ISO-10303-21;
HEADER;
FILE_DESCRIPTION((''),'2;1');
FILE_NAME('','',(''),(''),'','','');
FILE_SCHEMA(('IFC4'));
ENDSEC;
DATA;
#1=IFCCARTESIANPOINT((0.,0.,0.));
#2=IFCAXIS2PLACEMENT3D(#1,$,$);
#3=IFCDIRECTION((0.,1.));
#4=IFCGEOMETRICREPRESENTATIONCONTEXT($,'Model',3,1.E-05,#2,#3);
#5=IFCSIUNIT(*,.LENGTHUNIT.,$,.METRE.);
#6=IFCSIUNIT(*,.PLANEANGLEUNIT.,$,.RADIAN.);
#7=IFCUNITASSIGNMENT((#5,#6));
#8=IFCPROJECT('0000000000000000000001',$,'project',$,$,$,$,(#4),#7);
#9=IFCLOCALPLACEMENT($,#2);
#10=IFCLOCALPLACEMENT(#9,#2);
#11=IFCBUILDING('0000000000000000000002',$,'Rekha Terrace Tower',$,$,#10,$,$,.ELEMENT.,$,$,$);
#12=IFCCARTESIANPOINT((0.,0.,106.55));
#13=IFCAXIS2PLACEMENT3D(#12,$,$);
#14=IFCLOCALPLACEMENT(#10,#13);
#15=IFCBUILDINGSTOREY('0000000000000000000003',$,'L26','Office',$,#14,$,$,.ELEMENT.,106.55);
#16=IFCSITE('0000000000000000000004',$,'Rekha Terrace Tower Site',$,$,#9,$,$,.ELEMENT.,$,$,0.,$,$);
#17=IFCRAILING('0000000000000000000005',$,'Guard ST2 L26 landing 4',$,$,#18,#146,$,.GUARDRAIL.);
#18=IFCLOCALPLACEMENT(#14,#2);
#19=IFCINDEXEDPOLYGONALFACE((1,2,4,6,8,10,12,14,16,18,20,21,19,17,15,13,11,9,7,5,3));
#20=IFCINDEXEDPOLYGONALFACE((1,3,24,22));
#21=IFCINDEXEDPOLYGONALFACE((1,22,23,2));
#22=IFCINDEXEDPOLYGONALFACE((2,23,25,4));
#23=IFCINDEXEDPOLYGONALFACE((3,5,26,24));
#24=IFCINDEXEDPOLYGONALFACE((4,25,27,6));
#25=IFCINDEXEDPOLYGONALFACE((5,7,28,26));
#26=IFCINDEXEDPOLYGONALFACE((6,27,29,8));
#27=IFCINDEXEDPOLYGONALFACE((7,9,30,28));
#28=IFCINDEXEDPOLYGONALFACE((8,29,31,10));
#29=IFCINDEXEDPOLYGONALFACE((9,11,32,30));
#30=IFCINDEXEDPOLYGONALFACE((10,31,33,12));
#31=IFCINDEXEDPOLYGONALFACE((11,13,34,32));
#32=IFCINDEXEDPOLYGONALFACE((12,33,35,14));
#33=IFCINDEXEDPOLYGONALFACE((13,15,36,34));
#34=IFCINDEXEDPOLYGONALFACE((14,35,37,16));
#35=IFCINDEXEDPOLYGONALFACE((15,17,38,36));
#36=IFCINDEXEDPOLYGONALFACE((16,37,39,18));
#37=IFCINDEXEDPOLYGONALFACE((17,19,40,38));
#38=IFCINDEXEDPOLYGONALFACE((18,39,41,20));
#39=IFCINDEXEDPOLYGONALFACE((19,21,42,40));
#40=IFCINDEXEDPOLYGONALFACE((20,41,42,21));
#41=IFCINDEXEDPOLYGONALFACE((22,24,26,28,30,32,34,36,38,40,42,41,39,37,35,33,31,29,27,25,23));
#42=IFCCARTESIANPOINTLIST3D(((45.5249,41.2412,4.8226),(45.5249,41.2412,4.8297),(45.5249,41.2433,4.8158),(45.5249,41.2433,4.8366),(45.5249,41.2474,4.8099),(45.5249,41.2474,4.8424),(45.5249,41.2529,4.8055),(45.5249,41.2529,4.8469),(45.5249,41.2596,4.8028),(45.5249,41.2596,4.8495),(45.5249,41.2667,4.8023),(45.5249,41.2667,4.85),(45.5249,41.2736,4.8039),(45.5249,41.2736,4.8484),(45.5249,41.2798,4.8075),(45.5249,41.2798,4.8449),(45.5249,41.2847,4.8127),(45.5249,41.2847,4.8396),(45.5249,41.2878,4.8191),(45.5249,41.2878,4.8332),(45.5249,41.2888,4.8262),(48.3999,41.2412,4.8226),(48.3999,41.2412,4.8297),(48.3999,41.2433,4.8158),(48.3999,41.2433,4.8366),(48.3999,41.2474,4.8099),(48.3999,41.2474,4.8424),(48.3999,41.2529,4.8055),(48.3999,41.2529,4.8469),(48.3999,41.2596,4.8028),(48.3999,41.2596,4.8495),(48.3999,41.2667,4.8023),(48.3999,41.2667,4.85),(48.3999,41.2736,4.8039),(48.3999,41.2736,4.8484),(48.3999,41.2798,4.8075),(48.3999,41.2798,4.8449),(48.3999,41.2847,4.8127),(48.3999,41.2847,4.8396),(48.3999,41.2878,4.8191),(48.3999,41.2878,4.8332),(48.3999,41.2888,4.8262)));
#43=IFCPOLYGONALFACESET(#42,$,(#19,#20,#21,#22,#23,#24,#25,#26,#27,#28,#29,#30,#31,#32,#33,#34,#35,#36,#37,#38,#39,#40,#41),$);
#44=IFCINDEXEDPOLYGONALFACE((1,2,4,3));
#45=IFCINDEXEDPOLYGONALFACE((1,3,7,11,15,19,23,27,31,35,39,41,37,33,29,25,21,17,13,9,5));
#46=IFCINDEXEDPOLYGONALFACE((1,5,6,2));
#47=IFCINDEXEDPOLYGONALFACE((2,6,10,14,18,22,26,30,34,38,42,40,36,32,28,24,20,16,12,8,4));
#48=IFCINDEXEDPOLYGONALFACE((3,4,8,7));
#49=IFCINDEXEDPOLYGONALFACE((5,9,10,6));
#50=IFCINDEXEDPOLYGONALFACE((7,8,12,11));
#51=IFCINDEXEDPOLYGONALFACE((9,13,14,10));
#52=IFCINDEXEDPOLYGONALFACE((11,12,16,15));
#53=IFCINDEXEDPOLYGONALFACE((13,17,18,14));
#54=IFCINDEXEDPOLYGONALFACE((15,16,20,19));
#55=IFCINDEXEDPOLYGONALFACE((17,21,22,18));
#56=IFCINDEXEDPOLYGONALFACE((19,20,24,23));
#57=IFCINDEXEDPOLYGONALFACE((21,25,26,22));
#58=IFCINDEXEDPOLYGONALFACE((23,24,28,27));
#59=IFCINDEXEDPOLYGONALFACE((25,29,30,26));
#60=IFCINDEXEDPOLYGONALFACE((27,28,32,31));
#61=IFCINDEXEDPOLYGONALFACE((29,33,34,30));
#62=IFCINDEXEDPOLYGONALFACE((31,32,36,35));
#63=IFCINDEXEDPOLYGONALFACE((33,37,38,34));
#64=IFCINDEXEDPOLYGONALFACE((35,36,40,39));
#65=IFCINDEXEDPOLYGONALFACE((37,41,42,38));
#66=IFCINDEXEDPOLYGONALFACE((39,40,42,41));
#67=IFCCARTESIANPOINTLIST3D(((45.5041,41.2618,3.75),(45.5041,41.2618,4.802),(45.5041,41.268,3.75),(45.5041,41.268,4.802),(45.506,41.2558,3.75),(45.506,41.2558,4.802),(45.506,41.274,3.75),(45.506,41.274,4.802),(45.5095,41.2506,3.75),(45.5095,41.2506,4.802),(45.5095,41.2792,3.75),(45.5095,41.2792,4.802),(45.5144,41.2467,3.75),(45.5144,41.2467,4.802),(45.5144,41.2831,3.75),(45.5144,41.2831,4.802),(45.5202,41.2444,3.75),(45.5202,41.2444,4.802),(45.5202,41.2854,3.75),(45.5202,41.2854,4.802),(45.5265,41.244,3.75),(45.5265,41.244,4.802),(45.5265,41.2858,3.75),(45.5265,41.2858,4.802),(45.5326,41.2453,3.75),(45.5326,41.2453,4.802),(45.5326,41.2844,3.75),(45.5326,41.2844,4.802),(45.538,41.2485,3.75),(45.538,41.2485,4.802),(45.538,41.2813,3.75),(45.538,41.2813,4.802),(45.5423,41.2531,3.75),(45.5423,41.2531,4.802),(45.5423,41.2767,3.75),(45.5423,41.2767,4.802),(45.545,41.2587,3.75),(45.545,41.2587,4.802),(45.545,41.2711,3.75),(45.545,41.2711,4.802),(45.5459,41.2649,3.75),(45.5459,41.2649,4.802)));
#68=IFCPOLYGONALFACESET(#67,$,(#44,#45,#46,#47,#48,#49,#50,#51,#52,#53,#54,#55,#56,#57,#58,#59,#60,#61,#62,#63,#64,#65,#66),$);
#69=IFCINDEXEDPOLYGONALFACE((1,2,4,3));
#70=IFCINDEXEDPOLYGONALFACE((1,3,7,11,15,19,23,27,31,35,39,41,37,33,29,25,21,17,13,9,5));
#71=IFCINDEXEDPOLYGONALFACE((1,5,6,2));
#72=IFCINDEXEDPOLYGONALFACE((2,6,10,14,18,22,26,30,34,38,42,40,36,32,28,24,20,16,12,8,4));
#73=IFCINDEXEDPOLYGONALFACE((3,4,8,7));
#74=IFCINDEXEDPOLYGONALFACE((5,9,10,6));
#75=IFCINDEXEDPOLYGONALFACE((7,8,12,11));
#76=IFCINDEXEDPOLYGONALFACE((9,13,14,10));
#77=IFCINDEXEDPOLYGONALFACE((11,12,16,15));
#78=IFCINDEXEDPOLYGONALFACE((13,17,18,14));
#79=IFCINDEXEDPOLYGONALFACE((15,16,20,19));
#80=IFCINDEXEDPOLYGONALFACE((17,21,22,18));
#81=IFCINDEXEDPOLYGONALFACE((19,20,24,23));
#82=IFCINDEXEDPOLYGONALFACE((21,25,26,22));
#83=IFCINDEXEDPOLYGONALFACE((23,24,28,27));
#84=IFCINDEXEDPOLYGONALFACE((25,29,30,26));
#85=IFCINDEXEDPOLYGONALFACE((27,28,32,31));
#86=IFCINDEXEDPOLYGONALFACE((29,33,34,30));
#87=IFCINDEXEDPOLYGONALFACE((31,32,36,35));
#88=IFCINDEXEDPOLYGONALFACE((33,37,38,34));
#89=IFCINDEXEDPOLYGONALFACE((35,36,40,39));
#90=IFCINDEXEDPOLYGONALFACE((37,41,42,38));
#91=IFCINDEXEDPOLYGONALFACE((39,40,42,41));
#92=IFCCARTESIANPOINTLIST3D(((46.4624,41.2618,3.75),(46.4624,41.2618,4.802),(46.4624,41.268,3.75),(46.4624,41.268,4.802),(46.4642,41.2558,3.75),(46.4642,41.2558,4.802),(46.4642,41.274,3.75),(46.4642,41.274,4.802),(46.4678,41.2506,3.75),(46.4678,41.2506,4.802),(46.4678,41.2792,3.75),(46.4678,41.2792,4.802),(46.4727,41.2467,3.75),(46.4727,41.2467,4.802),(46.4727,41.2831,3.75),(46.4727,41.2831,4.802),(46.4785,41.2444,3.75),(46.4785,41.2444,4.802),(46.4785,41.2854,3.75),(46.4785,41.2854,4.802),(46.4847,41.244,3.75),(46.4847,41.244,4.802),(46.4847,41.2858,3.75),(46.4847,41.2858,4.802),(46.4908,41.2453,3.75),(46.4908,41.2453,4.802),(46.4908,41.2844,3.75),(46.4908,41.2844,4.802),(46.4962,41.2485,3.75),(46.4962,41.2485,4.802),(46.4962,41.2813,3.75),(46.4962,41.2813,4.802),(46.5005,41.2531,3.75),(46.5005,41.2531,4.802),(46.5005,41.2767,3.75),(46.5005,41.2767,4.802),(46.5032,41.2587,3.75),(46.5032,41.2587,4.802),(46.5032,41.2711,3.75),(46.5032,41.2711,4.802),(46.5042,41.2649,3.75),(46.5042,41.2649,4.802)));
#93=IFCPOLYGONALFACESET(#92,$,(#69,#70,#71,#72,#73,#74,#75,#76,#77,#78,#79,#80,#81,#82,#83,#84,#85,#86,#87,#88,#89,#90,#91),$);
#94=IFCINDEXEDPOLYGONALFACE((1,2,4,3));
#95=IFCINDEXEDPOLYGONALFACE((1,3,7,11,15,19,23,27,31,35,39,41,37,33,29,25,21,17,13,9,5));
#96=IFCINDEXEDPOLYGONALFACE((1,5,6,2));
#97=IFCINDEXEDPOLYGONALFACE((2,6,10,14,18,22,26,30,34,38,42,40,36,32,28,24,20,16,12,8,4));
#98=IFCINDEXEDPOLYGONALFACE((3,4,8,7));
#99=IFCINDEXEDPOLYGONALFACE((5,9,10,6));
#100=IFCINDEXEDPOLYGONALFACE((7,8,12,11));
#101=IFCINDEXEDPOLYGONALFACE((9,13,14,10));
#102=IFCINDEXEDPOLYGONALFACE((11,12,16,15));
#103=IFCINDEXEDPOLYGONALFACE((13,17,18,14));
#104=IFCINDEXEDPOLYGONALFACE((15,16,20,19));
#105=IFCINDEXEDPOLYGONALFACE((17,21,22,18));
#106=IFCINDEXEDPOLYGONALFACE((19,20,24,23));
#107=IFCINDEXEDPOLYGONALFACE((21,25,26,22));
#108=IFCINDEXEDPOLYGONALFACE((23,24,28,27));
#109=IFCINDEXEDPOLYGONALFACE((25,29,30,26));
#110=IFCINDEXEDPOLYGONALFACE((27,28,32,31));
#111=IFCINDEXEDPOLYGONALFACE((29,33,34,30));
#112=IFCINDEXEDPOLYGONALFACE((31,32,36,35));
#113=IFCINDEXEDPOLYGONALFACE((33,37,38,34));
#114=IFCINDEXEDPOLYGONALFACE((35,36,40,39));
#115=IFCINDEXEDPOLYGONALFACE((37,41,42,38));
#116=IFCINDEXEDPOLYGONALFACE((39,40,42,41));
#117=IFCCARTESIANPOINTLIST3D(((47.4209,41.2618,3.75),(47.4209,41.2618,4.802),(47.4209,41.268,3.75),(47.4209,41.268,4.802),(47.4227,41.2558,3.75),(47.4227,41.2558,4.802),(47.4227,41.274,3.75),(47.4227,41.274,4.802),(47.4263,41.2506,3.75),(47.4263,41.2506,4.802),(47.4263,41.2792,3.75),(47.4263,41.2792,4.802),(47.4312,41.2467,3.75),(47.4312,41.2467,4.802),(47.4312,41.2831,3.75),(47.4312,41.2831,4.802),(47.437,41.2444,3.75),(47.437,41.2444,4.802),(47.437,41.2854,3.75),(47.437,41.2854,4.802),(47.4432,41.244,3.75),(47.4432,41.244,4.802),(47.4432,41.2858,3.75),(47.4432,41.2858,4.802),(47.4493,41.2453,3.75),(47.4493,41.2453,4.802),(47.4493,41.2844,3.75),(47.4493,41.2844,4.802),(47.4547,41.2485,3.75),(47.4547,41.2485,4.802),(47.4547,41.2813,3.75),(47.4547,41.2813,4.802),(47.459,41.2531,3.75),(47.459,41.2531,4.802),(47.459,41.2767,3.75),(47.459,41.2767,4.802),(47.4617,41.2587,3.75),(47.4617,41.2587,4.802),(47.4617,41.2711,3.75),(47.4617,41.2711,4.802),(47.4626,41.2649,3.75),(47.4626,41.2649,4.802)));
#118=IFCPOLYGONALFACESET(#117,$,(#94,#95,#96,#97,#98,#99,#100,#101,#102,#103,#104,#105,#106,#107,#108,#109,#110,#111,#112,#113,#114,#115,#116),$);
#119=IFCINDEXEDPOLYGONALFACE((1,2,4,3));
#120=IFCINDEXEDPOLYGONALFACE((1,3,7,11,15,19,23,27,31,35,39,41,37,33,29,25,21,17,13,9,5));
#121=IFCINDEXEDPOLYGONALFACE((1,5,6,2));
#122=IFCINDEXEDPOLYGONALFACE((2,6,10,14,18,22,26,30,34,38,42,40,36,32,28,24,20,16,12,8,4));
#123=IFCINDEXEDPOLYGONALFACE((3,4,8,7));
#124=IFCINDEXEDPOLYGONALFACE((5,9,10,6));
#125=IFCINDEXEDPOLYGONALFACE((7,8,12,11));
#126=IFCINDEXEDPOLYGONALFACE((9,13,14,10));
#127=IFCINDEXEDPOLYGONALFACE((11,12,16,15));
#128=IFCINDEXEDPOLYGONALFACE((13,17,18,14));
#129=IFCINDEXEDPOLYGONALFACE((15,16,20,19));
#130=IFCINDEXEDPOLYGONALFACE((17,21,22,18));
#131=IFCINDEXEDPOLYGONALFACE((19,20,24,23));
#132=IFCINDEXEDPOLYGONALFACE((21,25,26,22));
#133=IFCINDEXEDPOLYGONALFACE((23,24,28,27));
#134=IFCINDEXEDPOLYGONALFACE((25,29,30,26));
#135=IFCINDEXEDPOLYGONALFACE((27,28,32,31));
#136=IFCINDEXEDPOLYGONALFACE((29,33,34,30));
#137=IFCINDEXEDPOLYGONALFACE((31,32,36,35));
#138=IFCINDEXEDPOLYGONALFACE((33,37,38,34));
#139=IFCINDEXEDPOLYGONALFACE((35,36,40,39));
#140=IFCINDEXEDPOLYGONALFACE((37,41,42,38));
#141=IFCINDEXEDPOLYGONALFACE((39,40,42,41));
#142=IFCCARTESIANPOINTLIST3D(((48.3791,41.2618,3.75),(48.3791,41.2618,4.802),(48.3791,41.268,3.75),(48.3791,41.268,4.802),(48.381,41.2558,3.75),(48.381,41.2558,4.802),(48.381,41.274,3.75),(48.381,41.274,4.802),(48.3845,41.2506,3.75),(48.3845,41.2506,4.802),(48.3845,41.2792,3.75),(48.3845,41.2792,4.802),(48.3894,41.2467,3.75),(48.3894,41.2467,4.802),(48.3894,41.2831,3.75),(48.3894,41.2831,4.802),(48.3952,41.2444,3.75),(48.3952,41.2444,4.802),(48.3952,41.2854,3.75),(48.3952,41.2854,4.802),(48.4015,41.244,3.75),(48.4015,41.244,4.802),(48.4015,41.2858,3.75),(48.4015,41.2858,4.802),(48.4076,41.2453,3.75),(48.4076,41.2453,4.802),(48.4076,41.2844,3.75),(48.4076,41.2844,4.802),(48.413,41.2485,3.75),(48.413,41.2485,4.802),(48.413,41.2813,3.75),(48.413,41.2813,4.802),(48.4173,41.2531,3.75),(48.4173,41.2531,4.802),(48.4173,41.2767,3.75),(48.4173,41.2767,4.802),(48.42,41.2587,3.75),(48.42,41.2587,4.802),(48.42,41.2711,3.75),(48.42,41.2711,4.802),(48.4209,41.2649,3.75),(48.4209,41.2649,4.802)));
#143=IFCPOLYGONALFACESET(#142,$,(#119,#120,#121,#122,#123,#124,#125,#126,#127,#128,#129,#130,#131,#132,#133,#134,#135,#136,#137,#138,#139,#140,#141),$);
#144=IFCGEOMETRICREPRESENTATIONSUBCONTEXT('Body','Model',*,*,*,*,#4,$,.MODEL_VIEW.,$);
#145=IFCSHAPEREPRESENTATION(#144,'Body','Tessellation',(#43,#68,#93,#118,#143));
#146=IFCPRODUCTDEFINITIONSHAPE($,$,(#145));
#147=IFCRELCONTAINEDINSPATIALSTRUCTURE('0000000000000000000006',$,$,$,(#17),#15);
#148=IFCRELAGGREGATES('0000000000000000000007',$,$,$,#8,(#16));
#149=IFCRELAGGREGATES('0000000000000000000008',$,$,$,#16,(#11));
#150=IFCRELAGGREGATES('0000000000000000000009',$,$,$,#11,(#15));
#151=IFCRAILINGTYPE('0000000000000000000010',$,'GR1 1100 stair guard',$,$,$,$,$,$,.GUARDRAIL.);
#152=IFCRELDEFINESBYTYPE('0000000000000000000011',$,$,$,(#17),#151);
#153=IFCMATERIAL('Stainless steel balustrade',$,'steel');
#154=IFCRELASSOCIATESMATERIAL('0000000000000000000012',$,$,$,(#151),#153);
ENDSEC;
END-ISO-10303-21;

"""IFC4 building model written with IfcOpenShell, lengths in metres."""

from ifc_helpers import new_model, si_unit, direction, frame, origin, origin_2d, place, context, subcontext, project, spatial, circle, extrude, material, type_object, element, save


model = new_model("IFC4")

# Units and contexts
model_context = context("Model", 3, precision=1e-05, world=origin(), true_north=direction((0.0, 1.0)))
body_context = subcontext(model_context, "Body", "Model", "MODEL_VIEW")
ifc_project = project(units=[si_unit("LENGTHUNIT", "METRE"), si_unit("PLANEANGLEUNIT", "RADIAN")], contexts=[model_context])

# Site, building, storey
site_placement = place(None, origin())
site = spatial("IfcSite", under=ifc_project, at=site_placement, Name="Rekha Terrace Tower Site", CompositionType="ELEMENT", RefElevation=0.0)
building_placement = place(site_placement, origin())
building = spatial("IfcBuilding", under=site, at=building_placement, Name="Rekha Terrace Tower", CompositionType="ELEMENT")
storey_placement = place(building_placement, frame((0.0, 0.0, 106.55)))
storey = spatial("IfcBuildingStorey", under=building, at=storey_placement, Name="L26", Description="Office", CompositionType="ELEMENT", Elevation=106.55)

# Railing
ifc_material_1 = material(Name="Stainless steel balustrade", Category="steel")
railing_type_1 = type_object("IfcRailingType", Name="GR1 1100 stair guard", PredefinedType="GUARDRAIL", material=ifc_material_1)
railing_1_placement = place(storey_placement, frame((45.5249, 41.2649, 3.75)))
element("IfcRailing", 1, at=railing_1_placement, inside=storey, type_object=railing_type_1, Name="Guard ST2 L26 landing 4", PredefinedType="GUARDRAIL", context=body_context, shape_type="SweptSolid", body=[
    extrude(circle(Radius=0.0239, at=origin_2d()), frame((0.0, 0.0, 1.0762), z_axis=(1.0, 0.0, 0.0), x_axis=(0.0, 1.0, 0.0)), (0.0, 0.0, 1.0), 2.875),
    extrude(circle(Radius=0.021, at=origin_2d()), origin(), (0.0, 0.0, 1.0), 1.052),
    extrude(circle(Radius=0.021, at=origin_2d()), frame((0.9583, 0.0, 0.0)), (0.0, 0.0, 1.0), 1.052),
    extrude(circle(Radius=0.021, at=origin_2d()), frame((1.9167, 0.0, 0.0)), (0.0, 0.0, 1.0), 1.052),
    extrude(circle(Radius=0.021, at=origin_2d()), frame((2.875, 0.0, 0.0)), (0.0, 0.0, 1.0), 1.052),
])

save(model, "model.ifc")
